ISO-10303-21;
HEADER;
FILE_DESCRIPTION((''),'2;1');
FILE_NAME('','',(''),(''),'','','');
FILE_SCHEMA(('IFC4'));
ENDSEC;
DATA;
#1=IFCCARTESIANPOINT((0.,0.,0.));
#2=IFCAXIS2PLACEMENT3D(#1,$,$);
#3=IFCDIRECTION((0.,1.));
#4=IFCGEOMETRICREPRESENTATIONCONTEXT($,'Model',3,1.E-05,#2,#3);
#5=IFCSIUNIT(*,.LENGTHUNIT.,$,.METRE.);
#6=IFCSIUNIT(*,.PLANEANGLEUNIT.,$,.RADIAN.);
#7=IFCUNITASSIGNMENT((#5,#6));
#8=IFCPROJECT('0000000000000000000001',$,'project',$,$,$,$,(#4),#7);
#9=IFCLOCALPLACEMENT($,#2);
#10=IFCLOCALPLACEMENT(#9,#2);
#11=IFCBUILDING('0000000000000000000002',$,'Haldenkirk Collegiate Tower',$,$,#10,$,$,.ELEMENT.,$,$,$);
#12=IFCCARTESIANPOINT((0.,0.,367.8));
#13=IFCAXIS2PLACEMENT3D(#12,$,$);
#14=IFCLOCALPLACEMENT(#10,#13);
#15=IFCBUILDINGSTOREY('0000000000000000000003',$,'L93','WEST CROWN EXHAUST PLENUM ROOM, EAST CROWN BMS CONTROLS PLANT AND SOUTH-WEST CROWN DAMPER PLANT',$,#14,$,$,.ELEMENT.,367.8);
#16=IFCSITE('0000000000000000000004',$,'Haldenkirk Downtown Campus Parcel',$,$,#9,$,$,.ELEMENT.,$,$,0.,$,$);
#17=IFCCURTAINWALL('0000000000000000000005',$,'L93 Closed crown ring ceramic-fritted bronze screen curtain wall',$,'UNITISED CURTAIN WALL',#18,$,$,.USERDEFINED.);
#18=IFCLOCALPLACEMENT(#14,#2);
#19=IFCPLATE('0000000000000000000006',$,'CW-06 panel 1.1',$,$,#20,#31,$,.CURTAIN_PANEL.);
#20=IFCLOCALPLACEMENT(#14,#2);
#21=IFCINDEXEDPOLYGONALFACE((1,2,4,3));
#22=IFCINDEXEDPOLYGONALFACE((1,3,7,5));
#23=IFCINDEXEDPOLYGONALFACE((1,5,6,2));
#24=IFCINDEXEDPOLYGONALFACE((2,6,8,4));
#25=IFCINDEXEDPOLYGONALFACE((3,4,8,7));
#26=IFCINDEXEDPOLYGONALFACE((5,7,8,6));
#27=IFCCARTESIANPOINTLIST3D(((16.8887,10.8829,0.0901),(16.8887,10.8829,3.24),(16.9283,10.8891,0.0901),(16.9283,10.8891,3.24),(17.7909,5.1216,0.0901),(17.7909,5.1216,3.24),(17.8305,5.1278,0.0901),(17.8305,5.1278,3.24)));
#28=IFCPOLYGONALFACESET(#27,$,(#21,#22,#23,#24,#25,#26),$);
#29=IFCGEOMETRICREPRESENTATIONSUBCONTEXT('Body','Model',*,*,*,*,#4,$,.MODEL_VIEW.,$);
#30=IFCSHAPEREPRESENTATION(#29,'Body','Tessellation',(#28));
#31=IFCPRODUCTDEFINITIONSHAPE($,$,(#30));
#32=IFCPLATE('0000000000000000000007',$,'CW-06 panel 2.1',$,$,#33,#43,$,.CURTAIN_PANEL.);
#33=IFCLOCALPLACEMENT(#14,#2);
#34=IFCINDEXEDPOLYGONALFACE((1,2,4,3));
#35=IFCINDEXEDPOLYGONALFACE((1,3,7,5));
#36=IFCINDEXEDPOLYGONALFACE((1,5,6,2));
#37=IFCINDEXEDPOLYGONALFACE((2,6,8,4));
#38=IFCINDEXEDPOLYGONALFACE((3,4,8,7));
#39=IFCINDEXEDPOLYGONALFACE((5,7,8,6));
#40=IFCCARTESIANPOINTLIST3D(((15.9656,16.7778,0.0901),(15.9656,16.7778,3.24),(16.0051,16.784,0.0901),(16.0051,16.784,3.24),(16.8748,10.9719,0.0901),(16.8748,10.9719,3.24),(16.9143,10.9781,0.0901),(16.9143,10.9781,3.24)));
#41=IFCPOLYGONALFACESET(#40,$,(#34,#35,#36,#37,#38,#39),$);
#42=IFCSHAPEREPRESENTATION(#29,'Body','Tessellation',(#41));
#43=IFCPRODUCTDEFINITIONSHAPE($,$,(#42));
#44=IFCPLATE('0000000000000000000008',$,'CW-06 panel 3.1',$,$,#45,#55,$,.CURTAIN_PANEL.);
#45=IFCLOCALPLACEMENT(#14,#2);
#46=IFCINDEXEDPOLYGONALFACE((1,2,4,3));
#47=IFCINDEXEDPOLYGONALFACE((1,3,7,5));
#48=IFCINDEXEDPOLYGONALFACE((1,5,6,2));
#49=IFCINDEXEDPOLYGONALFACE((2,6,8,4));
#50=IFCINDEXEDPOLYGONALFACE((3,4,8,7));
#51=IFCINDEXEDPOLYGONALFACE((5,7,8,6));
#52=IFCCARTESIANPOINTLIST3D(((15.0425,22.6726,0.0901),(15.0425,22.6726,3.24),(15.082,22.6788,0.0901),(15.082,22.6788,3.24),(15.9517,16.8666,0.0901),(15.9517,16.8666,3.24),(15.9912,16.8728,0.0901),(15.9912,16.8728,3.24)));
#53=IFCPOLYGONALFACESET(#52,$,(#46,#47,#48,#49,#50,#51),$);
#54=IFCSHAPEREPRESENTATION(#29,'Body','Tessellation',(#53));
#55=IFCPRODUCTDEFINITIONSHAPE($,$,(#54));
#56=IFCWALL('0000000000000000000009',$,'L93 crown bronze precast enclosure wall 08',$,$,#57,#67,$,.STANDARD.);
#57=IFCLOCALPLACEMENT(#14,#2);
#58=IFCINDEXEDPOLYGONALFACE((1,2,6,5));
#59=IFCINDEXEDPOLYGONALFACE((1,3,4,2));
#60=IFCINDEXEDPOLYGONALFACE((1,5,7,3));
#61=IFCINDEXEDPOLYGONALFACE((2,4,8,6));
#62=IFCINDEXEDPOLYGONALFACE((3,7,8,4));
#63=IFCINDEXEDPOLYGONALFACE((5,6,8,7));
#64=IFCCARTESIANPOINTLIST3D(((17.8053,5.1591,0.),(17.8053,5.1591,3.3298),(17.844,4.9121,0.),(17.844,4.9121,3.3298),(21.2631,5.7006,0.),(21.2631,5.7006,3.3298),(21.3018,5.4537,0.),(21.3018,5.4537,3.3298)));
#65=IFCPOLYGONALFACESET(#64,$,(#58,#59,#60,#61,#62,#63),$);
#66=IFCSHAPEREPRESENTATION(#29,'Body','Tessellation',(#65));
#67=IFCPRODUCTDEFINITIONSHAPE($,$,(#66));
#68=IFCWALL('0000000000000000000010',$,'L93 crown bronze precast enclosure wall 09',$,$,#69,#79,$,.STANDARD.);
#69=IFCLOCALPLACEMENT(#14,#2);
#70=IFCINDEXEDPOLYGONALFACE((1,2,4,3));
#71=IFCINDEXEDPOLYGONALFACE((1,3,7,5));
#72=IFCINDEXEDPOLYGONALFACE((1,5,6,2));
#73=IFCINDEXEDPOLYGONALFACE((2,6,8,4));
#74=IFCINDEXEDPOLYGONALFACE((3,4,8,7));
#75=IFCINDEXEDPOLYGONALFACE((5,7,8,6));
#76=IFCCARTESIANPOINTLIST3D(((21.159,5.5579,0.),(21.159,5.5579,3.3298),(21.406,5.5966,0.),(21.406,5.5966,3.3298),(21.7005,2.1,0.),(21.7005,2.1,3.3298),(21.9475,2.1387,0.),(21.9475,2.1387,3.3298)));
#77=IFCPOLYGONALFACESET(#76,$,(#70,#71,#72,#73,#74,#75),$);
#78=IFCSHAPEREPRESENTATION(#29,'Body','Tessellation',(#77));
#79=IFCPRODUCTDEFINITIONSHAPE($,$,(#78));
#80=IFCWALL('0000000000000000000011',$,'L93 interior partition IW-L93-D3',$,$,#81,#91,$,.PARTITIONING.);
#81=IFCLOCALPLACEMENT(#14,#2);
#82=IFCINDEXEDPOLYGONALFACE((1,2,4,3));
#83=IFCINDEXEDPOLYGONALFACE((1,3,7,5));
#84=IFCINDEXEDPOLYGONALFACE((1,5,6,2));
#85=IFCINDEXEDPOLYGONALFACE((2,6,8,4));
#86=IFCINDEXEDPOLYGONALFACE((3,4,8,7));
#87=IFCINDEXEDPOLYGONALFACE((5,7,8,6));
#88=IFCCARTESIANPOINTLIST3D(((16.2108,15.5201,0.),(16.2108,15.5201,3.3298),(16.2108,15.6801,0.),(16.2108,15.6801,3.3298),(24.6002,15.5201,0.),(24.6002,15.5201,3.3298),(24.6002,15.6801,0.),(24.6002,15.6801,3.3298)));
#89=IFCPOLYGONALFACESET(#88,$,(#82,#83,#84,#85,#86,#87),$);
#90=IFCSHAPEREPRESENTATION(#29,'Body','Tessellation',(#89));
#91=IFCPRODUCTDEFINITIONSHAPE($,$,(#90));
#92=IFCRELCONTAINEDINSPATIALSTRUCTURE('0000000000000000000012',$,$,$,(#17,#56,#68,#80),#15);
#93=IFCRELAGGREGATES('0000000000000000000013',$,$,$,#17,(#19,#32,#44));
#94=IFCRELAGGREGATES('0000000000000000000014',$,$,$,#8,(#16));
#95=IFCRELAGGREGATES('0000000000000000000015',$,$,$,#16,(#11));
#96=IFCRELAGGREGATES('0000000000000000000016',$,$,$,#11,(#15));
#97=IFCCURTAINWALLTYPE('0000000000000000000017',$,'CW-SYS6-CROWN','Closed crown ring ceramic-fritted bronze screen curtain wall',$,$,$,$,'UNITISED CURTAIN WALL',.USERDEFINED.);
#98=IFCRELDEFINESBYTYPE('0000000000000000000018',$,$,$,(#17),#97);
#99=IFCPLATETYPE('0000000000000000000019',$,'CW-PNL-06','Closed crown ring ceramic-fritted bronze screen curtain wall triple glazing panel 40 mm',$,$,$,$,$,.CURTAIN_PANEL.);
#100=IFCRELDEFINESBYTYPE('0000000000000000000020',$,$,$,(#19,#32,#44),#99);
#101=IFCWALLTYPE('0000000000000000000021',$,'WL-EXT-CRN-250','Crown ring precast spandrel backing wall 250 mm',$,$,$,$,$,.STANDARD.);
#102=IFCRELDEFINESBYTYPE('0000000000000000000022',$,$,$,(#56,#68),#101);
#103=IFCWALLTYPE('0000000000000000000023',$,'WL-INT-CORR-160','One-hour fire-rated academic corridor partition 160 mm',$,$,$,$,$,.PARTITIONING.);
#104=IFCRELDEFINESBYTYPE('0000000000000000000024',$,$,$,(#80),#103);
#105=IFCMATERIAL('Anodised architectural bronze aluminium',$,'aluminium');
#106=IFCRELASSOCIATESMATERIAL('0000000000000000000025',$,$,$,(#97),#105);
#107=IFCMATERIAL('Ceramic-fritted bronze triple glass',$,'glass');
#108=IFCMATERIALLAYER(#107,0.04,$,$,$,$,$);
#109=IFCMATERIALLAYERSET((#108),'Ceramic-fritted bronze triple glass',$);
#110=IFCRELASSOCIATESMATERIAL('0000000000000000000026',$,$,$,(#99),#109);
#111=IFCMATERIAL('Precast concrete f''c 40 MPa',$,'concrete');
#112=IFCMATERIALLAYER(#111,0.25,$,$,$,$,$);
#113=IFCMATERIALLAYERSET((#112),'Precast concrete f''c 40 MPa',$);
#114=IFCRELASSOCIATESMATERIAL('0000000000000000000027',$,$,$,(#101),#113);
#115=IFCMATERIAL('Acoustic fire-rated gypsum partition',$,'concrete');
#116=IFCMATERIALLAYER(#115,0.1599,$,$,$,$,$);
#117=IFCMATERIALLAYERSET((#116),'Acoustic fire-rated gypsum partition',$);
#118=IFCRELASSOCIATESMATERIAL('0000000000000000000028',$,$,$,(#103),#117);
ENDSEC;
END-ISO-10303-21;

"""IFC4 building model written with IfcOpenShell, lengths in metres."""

from ifc_helpers import new_model, si_unit, direction, frame, frame_2d, origin, origin_2d, place, context, subcontext, project, spatial, rectangle, extrude, source, transform, mapped, material, layer, layer_set, type_object, element, aggregate, save


model = new_model("IFC4")

# Units and contexts
model_context = context("Model", 3, precision=1e-05, world=origin(), true_north=direction((0.0, 1.0)))
body_context = subcontext(model_context, "Body", "Model", "MODEL_VIEW")
ifc_project = project(units=[si_unit("LENGTHUNIT", "METRE"), si_unit("PLANEANGLEUNIT", "RADIAN")], contexts=[model_context])

# Site, building, storey
site_placement = place(None, origin())
site = spatial("IfcSite", under=ifc_project, at=site_placement, Name="Haldenkirk Downtown Campus Parcel", CompositionType="ELEMENT", RefElevation=0.0)
building_placement = place(site_placement, origin())
building = spatial("IfcBuilding", under=site, at=building_placement, Name="Haldenkirk Collegiate Tower", CompositionType="ELEMENT")
storey_placement = place(building_placement, frame((0.0, 0.0, 367.8)))
storey = spatial("IfcBuildingStorey", under=building, at=storey_placement, Name="L93", Description="WEST CROWN EXHAUST PLENUM ROOM, EAST CROWN BMS CONTROLS PLANT AND SOUTH-WEST CROWN DAMPER PLANT", CompositionType="ELEMENT", Elevation=367.8)

# Curtain wall
ifc_material_1 = material(Name="Anodised architectural bronze aluminium", Category="aluminium")
curtain_wall_type = type_object("IfcCurtainWallType", Name="CW-SYS6-CROWN", Description="Closed crown ring ceramic-fritted bronze screen curtain wall", ElementType="UNITISED CURTAIN WALL", PredefinedType="USERDEFINED", material=ifc_material_1)
curtain_wall_1_placement = place(storey_placement, origin())
curtain_wall_1 = element("IfcCurtainWall", 1, at=curtain_wall_1_placement, inside=storey, type_object=curtain_wall_type, Name="L93 Closed crown ring ceramic-fritted bronze screen curtain wall", ObjectType="UNITISED CURTAIN WALL", PredefinedType="USERDEFINED")

# Plates
ifc_material_2 = material(Name="Ceramic-fritted bronze triple glass", Category="glass")
ifc_layer_1 = layer(ifc_material_2, 0.04)
ifc_layer_set_1 = layer_set([ifc_layer_1], Name="Ceramic-fritted bronze triple glass")
plate_type_1 = type_object("IfcPlateType", Name="CW-PNL-06", Description="Closed crown ring ceramic-fritted bronze screen curtain wall triple glazing panel 40 mm", PredefinedType="CURTAIN_PANEL", material=ifc_layer_set_1)
shared_shape_1 = source(origin(), body_context, "Body", "SweptSolid", [
    extrude(rectangle(XDim=5.8315, YDim=0.04, at=origin_2d()), origin(), (0.0, 0.0, 1.0), 3.1499),
])
plate_1_placement = place(storey_placement, frame((17.3596, 8.0054, 0.0901), z_axis=(0.0, 0.0, 1.0), x_axis=(-0.154713, 0.98796, 0.0)))
plate_1 = element("IfcPlate", 2, at=plate_1_placement, type_object=plate_type_1, Name="CW-06 panel 1.1", PredefinedType="CURTAIN_PANEL", context=body_context, shape_type="MappedRepresentation", body=[
    mapped(shared_shape_1, transform((0.0, 0.0, 0.0), x_axis=(1.0, 0.0, 0.0), y_axis=(0.0, 1.0, 0.0), z_axis=(0.0, 0.0, 1.0), scale=1.0)),
])
shared_shape_2 = source(origin(), body_context, "Body", "SweptSolid", [
    extrude(rectangle(XDim=5.8767, YDim=0.04, at=origin_2d()), origin(), (0.0, 0.0, 1.0), 3.1499),
])
plate_2_placement = place(storey_placement, frame((16.4399, 13.8779, 0.0901), z_axis=(0.0, 0.0, 1.0), x_axis=(-0.154713, 0.98796, 0.0)))
plate_2 = element("IfcPlate", 3, at=plate_2_placement, type_object=plate_type_1, Name="CW-06 panel 2.1", PredefinedType="CURTAIN_PANEL", context=body_context, shape_type="MappedRepresentation", body=[
    mapped(shared_shape_2, transform((0.0, 0.0, 0.0), x_axis=(1.0, 0.0, 0.0), y_axis=(0.0, 1.0, 0.0), z_axis=(0.0, 0.0, 1.0), scale=1.0)),
])
plate_3_placement = place(storey_placement, frame((15.5168, 19.7727, 0.0901), z_axis=(0.0, 0.0, 1.0), x_axis=(-0.154713, 0.98796, 0.0)))
plate_3 = element("IfcPlate", 4, at=plate_3_placement, type_object=plate_type_1, Name="CW-06 panel 3.1", PredefinedType="CURTAIN_PANEL", context=body_context, shape_type="MappedRepresentation", body=[
    mapped(shared_shape_2, transform((0.0, 0.0, 0.0), x_axis=(1.0, 0.0, 0.0), y_axis=(0.0, 1.0, 0.0), z_axis=(0.0, 0.0, 1.0), scale=1.0)),
])
aggregate(curtain_wall_1, [plate_1, plate_2, plate_3])

# Walls
ifc_material_3 = material(Name="Precast concrete f'c 40 MPa", Category="concrete")
ifc_layer_2 = layer(ifc_material_3, 0.25)
ifc_layer_set_2 = layer_set([ifc_layer_2], Name="Precast concrete f'c 40 MPa")
wall_type_1 = type_object("IfcWallType", Name="WL-EXT-CRN-250", Description="Crown ring precast spandrel backing wall 250 mm", PredefinedType="STANDARD", material=ifc_layer_set_2)
for number, where, z_axis, x_axis, name in (
    (5, (21.2825, 5.5771, 0.0), (0.0, 0.0, 1.0), (-0.987958, -0.154719, 0.0), "L93 crown bronze precast enclosure wall 08"),
    (6, (21.824, 2.1194, 0.0), (0.0, 0.0, 1.0), (-0.154719, 0.987958, 0.0), "L93 crown bronze precast enclosure wall 09"),
):
    element("IfcWall", number, at=place(storey_placement, frame(where, z_axis=z_axis, x_axis=x_axis)), inside=storey, type_object=wall_type_1, Name=name, PredefinedType="STANDARD", context=body_context, shape_type="SweptSolid", body=[
        extrude(rectangle(XDim=3.5, YDim=0.25, at=frame_2d((1.75, 0.0))), origin(), (0.0, 0.0, 1.0), 3.3298),
    ])
ifc_material_4 = material(Name="Acoustic fire-rated gypsum partition", Category="concrete")
ifc_layer_3 = layer(ifc_material_4, 0.1599)
ifc_layer_set_3 = layer_set([ifc_layer_3], Name="Acoustic fire-rated gypsum partition")
wall_type_2 = type_object("IfcWallType", Name="WL-INT-CORR-160", Description="One-hour fire-rated academic corridor partition 160 mm", PredefinedType="PARTITIONING", material=ifc_layer_set_3)
wall_placement = place(storey_placement, frame((16.2107, 15.6001, 0.0), z_axis=(0.0, 0.0, 1.0), x_axis=(1.0, 0.0, 0.0)))
element("IfcWall", 7, at=wall_placement, inside=storey, type_object=wall_type_2, Name="L93 interior partition IW-L93-D3", PredefinedType="PARTITIONING", context=body_context, shape_type="SweptSolid", body=[
    extrude(rectangle(XDim=8.3894, YDim=0.1599, at=frame_2d((4.1948, 0.0))), origin(), (0.0, 0.0, 1.0), 3.3298),
])

save(model, "model.ifc")
